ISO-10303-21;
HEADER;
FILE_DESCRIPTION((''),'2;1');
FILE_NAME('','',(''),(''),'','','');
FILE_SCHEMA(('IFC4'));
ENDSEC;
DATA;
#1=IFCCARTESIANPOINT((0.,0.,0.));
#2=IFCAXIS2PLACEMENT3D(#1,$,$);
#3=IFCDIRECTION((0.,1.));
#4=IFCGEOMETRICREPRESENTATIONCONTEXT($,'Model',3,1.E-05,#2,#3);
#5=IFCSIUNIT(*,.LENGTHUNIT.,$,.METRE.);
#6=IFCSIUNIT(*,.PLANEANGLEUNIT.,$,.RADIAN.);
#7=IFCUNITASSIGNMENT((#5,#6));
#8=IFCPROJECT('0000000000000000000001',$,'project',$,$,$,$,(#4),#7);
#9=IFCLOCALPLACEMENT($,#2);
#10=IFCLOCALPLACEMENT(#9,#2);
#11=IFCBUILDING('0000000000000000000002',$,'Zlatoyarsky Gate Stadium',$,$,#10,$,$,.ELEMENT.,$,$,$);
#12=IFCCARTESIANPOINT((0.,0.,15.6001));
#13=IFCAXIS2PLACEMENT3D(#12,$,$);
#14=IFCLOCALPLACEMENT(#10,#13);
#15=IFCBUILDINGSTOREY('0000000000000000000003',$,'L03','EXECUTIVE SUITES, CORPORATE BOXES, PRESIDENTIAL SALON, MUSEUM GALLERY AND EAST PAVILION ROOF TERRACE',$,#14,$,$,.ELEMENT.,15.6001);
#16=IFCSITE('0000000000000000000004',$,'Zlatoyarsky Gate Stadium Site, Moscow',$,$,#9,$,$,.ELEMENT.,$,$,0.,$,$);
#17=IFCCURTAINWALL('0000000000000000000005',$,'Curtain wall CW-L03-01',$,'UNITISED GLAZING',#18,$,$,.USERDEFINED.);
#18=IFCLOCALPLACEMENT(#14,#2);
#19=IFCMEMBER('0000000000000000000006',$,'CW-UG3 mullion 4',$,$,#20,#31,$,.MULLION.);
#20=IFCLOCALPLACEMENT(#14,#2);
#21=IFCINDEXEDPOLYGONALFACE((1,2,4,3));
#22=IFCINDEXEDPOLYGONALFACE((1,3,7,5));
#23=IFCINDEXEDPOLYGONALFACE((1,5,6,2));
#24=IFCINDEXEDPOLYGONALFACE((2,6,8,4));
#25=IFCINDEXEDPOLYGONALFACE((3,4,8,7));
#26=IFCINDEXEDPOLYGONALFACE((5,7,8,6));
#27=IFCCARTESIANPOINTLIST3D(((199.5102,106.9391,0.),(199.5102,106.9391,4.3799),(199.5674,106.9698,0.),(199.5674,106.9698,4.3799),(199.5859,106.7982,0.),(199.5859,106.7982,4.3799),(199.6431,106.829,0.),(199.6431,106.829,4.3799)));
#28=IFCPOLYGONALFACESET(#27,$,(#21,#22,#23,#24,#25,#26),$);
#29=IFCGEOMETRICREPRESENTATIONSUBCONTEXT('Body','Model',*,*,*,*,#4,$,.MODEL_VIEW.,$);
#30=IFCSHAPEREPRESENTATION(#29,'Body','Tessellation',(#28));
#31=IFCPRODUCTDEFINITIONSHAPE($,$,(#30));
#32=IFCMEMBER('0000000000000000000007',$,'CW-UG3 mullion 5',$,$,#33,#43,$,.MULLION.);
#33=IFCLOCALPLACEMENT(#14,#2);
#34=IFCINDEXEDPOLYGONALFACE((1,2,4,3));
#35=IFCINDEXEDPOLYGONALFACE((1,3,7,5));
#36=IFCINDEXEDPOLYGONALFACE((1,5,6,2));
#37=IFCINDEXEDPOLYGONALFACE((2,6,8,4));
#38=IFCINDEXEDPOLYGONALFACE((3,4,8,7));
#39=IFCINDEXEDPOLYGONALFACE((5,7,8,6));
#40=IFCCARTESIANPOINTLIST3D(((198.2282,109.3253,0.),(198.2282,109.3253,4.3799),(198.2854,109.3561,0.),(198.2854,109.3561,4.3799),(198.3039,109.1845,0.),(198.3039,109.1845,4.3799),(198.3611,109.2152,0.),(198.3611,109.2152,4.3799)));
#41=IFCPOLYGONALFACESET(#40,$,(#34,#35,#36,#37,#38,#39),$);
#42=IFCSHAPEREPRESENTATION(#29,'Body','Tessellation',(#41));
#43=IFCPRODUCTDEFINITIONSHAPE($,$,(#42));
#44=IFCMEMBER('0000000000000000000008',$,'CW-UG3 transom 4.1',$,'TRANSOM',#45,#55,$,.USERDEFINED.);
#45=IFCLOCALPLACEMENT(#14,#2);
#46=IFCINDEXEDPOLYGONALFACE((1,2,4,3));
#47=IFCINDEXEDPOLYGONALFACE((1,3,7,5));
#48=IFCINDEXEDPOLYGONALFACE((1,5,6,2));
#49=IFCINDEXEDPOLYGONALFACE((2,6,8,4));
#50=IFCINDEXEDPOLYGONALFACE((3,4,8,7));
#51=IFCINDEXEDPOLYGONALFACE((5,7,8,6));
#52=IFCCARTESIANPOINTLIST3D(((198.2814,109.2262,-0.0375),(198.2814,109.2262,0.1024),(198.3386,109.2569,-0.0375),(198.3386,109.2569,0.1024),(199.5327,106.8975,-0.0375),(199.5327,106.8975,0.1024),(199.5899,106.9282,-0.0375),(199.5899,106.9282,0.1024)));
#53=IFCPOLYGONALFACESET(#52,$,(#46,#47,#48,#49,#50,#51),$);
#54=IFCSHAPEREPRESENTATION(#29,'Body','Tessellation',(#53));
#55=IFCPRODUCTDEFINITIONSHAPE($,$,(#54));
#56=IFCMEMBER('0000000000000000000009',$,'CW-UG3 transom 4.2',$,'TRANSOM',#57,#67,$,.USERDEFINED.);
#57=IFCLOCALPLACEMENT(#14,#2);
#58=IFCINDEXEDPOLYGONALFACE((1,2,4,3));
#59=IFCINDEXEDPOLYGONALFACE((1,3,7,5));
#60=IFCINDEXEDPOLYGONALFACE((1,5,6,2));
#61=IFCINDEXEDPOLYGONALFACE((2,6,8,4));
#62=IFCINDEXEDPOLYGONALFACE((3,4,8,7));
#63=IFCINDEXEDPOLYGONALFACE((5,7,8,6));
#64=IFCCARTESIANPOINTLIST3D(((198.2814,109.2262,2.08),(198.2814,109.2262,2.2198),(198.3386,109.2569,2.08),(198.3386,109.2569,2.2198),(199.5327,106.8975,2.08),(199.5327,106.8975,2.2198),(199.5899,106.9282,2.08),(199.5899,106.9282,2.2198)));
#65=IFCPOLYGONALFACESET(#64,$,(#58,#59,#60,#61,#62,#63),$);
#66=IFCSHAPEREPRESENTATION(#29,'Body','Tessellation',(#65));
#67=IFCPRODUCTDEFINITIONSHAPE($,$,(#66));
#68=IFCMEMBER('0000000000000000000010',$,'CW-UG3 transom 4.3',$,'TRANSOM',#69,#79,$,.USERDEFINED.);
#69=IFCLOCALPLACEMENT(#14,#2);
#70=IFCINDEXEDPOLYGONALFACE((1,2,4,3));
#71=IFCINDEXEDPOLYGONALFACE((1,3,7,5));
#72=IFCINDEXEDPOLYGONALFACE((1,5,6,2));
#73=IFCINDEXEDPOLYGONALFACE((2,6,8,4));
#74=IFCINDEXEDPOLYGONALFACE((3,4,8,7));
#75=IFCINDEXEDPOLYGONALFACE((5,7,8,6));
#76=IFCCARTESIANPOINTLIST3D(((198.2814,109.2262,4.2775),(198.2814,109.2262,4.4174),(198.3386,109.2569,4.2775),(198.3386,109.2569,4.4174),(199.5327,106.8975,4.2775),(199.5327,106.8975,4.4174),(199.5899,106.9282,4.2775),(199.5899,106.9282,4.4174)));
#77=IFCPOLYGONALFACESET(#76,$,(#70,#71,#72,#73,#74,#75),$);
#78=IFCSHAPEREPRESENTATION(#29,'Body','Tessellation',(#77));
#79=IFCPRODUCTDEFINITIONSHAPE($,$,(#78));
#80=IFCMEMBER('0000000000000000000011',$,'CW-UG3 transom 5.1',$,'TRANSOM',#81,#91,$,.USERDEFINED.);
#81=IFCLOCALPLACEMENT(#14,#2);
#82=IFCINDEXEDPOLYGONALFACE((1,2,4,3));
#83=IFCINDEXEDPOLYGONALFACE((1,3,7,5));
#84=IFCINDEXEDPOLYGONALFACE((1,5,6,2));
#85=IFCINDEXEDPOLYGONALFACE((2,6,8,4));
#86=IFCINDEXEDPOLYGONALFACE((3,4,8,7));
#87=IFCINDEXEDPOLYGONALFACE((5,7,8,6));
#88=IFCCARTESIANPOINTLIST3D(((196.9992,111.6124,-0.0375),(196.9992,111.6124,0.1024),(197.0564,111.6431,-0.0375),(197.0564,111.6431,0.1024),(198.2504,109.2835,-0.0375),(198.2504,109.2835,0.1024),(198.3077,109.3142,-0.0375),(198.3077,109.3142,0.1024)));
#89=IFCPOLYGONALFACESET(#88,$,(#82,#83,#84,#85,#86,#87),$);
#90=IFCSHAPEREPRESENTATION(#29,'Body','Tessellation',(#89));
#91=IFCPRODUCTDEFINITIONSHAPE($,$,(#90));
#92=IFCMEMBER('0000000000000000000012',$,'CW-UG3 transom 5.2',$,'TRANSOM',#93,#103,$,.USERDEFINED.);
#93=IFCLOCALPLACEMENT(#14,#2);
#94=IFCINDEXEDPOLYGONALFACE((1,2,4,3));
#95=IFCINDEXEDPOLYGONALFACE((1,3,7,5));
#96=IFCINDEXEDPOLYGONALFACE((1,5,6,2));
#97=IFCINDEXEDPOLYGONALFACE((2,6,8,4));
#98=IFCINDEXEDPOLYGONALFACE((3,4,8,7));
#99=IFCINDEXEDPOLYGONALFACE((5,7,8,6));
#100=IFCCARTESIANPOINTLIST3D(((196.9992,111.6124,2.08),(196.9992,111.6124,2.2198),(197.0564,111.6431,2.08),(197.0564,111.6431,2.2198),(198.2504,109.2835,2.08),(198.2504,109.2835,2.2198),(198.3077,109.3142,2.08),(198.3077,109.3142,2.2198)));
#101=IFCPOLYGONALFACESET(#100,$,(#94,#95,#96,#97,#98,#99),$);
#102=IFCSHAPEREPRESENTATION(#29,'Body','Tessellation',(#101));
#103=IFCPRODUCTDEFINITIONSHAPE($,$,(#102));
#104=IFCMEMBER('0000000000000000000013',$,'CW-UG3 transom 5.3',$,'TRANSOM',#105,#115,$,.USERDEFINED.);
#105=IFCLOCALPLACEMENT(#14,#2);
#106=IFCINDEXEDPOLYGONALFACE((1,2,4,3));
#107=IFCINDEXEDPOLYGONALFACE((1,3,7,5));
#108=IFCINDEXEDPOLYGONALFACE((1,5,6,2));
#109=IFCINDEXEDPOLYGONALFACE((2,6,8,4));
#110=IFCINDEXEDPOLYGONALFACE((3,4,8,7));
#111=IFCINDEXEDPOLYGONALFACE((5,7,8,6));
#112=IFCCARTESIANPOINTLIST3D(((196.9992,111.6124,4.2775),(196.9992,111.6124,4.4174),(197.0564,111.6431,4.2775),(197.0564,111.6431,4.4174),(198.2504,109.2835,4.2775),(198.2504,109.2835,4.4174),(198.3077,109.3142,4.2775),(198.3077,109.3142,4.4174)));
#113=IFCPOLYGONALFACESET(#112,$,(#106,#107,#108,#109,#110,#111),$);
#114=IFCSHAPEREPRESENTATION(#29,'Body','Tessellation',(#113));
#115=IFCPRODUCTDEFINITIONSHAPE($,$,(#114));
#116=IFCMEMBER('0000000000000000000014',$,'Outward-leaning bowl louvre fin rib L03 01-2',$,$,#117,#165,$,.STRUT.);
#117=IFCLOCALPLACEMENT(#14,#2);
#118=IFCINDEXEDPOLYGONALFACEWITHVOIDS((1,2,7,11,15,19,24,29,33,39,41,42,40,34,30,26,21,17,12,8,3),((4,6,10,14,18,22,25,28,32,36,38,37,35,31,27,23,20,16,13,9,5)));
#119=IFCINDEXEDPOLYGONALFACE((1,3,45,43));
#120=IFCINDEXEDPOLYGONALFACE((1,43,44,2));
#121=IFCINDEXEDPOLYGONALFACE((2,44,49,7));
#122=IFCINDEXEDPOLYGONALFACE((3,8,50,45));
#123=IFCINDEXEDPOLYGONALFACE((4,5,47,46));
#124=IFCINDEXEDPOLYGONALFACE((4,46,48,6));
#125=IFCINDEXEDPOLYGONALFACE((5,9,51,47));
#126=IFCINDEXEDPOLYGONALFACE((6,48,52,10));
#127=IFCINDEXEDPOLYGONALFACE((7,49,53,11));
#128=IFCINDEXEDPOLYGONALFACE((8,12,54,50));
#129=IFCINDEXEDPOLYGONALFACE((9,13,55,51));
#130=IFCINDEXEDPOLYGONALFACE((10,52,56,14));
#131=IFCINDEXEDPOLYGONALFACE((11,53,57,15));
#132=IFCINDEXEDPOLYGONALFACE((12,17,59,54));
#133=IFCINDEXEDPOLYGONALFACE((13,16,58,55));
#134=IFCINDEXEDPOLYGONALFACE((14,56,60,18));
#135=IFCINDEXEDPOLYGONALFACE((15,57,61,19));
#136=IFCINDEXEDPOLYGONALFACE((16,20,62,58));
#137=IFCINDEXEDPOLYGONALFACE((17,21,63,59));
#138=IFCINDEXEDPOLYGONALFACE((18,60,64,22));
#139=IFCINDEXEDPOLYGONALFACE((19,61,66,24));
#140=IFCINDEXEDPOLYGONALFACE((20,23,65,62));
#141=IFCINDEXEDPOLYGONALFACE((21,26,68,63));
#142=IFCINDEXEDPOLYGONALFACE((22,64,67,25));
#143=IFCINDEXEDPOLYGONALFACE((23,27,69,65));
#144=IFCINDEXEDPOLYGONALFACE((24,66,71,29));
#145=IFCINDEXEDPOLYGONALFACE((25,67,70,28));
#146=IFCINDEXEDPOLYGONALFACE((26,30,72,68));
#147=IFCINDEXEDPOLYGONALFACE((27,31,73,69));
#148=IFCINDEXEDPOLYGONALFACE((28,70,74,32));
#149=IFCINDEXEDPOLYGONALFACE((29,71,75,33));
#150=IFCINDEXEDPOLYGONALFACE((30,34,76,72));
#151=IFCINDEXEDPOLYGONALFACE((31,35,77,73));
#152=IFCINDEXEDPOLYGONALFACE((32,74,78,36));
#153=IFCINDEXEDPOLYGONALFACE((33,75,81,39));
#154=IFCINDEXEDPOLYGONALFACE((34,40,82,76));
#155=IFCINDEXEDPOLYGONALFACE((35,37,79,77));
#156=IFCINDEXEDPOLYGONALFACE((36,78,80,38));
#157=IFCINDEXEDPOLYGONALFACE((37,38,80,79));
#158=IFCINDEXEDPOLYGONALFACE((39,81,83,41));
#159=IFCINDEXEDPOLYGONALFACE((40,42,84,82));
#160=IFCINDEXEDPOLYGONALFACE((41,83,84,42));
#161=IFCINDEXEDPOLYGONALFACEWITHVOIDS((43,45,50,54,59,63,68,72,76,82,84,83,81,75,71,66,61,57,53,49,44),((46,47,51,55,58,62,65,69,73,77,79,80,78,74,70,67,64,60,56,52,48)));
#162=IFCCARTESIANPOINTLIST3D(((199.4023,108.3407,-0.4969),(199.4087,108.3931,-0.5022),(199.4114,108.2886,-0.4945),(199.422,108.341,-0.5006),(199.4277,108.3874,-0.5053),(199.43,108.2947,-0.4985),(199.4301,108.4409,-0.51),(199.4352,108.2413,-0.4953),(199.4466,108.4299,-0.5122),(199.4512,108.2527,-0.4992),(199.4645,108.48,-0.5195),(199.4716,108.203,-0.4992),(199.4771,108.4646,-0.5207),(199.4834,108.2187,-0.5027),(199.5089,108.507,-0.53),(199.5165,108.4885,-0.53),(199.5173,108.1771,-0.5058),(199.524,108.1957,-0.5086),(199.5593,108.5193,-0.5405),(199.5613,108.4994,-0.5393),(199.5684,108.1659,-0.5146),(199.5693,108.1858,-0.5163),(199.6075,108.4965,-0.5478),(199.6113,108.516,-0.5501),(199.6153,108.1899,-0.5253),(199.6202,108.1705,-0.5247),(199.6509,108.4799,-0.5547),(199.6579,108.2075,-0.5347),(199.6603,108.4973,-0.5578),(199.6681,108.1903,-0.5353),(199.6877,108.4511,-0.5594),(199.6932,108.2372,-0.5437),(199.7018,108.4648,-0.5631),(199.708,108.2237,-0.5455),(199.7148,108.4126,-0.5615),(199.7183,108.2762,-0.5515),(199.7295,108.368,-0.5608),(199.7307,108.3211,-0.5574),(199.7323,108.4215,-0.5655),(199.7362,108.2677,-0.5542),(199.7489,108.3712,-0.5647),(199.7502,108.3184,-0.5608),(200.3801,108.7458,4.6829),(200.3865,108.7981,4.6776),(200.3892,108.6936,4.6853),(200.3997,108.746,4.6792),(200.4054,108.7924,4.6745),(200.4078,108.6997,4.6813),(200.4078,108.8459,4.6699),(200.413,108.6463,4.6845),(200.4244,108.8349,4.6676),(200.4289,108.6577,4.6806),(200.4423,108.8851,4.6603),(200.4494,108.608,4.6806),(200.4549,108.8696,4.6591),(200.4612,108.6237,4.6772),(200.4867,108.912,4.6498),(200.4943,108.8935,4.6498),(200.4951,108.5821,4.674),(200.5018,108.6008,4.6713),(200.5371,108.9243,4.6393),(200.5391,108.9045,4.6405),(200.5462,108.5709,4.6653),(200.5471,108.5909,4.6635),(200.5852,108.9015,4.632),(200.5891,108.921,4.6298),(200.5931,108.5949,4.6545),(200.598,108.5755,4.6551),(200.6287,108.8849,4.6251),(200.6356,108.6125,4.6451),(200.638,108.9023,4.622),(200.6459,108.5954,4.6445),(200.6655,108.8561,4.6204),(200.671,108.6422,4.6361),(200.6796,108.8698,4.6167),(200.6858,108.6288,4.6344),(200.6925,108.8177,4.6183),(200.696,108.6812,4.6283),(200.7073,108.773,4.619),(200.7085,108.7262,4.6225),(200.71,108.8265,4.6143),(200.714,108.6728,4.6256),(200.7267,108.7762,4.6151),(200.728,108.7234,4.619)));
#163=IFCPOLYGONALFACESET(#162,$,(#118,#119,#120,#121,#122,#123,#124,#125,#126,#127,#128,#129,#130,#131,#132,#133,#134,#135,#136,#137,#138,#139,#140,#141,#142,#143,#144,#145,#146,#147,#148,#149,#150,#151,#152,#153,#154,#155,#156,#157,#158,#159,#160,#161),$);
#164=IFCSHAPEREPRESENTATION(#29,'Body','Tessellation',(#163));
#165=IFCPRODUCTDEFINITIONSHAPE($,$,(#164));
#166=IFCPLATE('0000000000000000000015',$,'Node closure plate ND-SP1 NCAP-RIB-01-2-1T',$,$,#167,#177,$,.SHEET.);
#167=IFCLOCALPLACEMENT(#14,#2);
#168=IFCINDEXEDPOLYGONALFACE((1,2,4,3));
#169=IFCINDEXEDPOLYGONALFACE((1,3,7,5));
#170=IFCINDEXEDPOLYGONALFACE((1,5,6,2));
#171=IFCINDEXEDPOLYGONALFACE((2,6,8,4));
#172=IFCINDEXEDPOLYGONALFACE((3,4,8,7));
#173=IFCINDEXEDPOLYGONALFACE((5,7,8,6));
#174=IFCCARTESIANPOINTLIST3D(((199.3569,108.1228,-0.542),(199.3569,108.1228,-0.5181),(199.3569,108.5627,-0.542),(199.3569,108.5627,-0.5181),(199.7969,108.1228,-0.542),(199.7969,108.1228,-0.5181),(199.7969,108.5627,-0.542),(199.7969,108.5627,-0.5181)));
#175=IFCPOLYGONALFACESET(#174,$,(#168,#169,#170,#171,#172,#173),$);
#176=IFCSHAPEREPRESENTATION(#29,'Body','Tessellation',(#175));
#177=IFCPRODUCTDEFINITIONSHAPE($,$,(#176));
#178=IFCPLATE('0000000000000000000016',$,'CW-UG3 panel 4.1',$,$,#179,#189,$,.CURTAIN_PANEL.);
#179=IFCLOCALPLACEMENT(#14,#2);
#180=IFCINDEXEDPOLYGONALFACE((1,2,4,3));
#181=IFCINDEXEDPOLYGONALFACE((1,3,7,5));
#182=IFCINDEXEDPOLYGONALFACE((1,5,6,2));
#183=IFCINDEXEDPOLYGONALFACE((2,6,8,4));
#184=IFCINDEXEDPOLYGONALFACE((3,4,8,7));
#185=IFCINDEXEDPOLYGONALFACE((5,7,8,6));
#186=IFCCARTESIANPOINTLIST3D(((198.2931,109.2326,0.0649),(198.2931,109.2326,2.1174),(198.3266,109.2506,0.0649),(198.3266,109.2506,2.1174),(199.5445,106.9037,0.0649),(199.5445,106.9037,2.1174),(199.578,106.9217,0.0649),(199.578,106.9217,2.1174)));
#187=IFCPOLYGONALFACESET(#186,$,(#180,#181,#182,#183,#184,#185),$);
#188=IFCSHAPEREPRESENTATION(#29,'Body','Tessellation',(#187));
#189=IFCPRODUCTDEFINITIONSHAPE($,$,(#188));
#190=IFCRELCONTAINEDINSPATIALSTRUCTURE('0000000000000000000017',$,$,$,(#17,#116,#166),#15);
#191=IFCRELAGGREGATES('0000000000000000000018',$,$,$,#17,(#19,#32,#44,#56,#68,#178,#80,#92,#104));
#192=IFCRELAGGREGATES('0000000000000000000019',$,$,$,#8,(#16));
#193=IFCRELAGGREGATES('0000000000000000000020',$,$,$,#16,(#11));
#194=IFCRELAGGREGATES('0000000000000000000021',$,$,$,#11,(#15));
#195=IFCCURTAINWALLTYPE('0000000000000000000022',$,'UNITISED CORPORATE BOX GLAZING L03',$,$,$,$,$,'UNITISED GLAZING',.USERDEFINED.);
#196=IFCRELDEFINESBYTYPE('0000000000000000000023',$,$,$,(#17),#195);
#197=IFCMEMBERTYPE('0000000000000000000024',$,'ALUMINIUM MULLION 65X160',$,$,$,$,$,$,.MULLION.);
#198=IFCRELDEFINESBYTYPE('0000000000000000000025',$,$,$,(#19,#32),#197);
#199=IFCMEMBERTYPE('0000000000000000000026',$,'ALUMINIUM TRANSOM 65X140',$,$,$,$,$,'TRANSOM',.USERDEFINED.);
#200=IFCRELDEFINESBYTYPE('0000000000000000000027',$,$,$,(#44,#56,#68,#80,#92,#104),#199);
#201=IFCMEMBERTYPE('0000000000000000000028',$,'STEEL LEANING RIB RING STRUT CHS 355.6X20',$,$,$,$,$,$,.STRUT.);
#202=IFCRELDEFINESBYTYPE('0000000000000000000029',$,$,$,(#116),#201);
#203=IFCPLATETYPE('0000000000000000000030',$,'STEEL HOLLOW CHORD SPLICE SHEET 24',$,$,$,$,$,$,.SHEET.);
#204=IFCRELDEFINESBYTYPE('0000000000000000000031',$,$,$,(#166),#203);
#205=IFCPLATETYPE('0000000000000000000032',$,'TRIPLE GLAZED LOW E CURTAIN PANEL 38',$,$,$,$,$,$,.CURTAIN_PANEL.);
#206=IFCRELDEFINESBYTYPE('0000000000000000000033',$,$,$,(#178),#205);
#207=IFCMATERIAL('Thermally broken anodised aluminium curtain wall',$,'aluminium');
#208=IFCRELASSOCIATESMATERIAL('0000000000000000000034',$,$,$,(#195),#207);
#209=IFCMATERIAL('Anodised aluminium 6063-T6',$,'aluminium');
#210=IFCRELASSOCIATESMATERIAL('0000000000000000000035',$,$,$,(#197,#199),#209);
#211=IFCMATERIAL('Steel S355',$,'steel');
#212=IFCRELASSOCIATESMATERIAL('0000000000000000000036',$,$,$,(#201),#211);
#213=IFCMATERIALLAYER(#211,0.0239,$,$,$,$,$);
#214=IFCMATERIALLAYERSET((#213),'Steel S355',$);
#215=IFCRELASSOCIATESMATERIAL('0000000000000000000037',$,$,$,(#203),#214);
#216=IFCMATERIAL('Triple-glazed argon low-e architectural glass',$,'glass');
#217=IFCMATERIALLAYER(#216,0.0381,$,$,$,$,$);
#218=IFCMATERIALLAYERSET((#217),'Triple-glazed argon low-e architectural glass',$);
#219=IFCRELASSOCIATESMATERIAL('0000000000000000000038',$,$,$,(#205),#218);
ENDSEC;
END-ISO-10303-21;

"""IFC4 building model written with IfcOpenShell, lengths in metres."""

from ifc_helpers import new_model, si_unit, direction, frame, origin, origin_2d, place, context, subcontext, project, spatial, rectangle, hollow_circle, extrude, material, layer, layer_set, material_profile, profile_set, type_object, element, aggregate, save


model = new_model("IFC4")

# Units and contexts
model_context = context("Model", 3, precision=1e-05, world=origin(), true_north=direction((0.0, 1.0)))
body_context = subcontext(model_context, "Body", "Model", "MODEL_VIEW")
ifc_project = project(units=[si_unit("LENGTHUNIT", "METRE"), si_unit("PLANEANGLEUNIT", "RADIAN")], contexts=[model_context])

# Site, building, storey
site_placement = place(None, origin())
site = spatial("IfcSite", under=ifc_project, at=site_placement, Name="Zlatoyarsky Gate Stadium Site, Moscow", CompositionType="ELEMENT", RefElevation=0.0)
building_placement = place(site_placement, origin())
building = spatial("IfcBuilding", under=site, at=building_placement, Name="Zlatoyarsky Gate Stadium", CompositionType="ELEMENT")
storey_placement = place(building_placement, frame((0.0, 0.0, 15.6001)))
storey = spatial("IfcBuildingStorey", under=building, at=storey_placement, Name="L03", Description="EXECUTIVE SUITES, CORPORATE BOXES, PRESIDENTIAL SALON, MUSEUM GALLERY AND EAST PAVILION ROOF TERRACE", CompositionType="ELEMENT", Elevation=15.6001)

# Curtain wall, members
ifc_material_1 = material(Name="Thermally broken anodised aluminium curtain wall", Category="aluminium")
curtain_wall_type = type_object("IfcCurtainWallType", Name="UNITISED CORPORATE BOX GLAZING L03", ElementType="UNITISED GLAZING", PredefinedType="USERDEFINED", material=ifc_material_1)
curtain_wall_placement = place(storey_placement, origin())
curtain_wall = element("IfcCurtainWall", 1, at=curtain_wall_placement, inside=storey, type_object=curtain_wall_type, Name="Curtain wall CW-L03-01", ObjectType="UNITISED GLAZING", PredefinedType="USERDEFINED")
ifc_material_2 = material(Name="Anodised aluminium 6063-T6", Category="aluminium")
ifc_material_profile_1 = material_profile(ifc_material_2, rectangle(XDim=0.0649, YDim=0.1599, at=origin_2d()), Name="ALU 65X160")
ifc_profile_set_1 = profile_set([ifc_material_profile_1], Name="Anodised aluminium 6063-T6")
member_type_1 = type_object("IfcMemberType", Name="ALUMINIUM MULLION 65X160", PredefinedType="MULLION", material=ifc_profile_set_1)
member_1_placement = place(storey_placement, frame((199.5767, 106.884, 0.0), z_axis=(0.0, 0.0, 1.0), x_axis=(-0.880877, -0.473345, 0.0)))
member_1 = element("IfcMember", 2, at=member_1_placement, type_object=member_type_1, Name="CW-UG3 mullion 4", PredefinedType="MULLION", context=body_context, shape_type="SweptSolid", body=[
    extrude(rectangle(XDim=0.0649, YDim=0.1599, at=origin_2d()), origin(), (0.0, 0.0, 1.0), 4.3799),
])
member_2_placement = place(storey_placement, frame((198.2947, 109.2703, 0.0), z_axis=(0.0, 0.0, 1.0), x_axis=(-0.880877, -0.473345, 0.0)))
member_2 = element("IfcMember", 3, at=member_2_placement, type_object=member_type_1, Name="CW-UG3 mullion 5", PredefinedType="MULLION", context=body_context, shape_type="SweptSolid", body=[
    extrude(rectangle(XDim=0.0649, YDim=0.1599, at=origin_2d()), origin(), (0.0, 0.0, 1.0), 4.3799),
])
ifc_material_profile_2 = material_profile(ifc_material_2, rectangle(XDim=0.0649, YDim=0.1399, at=origin_2d()), Name="ALU 65X140")
ifc_profile_set_2 = profile_set([ifc_material_profile_2], Name="Anodised aluminium 6063-T6")
member_type_2 = type_object("IfcMemberType", Name="ALUMINIUM TRANSOM 65X140", ElementType="TRANSOM", PredefinedType="USERDEFINED", material=ifc_profile_set_2)
member_3_placement = place(storey_placement, frame((199.5613, 106.9128, 0.0325), z_axis=(-0.473323, 0.880889, 0.0), x_axis=(-0.880889, -0.473323, 0.0)))
member_3 = element("IfcMember", 4, at=member_3_placement, type_object=member_type_2, Name="CW-UG3 transom 4.1", ObjectType="TRANSOM", PredefinedType="USERDEFINED", context=body_context, shape_type="SweptSolid", body=[
    extrude(rectangle(XDim=0.0649, YDim=0.1399, at=origin_2d()), origin(), (0.0, 0.0, 1.0), 2.6436),
])
member_4_placement = place(storey_placement, frame((199.5613, 106.9128, 2.1499), z_axis=(-0.473323, 0.880889, 0.0), x_axis=(-0.880889, -0.473323, 0.0)))
member_4 = element("IfcMember", 5, at=member_4_placement, type_object=member_type_2, Name="CW-UG3 transom 4.2", ObjectType="TRANSOM", PredefinedType="USERDEFINED", context=body_context, shape_type="SweptSolid", body=[
    extrude(rectangle(XDim=0.0649, YDim=0.1399, at=origin_2d()), origin(), (0.0, 0.0, 1.0), 2.6436),
])
member_5_placement = place(storey_placement, frame((199.5613, 106.9128, 4.3474), z_axis=(-0.473323, 0.880889, 0.0), x_axis=(-0.880889, -0.473323, 0.0)))
member_5 = element("IfcMember", 6, at=member_5_placement, type_object=member_type_2, Name="CW-UG3 transom 4.3", ObjectType="TRANSOM", PredefinedType="USERDEFINED", context=body_context, shape_type="SweptSolid", body=[
    extrude(rectangle(XDim=0.0649, YDim=0.1399, at=origin_2d()), origin(), (0.0, 0.0, 1.0), 2.6436),
])
member_6_placement = place(storey_placement, frame((198.2791, 109.2988, 0.0325), z_axis=(-0.473285, 0.88091, 0.0), x_axis=(-0.88091, -0.473285, 0.0)))
member_6 = element("IfcMember", 7, at=member_6_placement, type_object=member_type_2, Name="CW-UG3 transom 5.1", ObjectType="TRANSOM", PredefinedType="USERDEFINED", context=body_context, shape_type="SweptSolid", body=[
    extrude(rectangle(XDim=0.0649, YDim=0.1399, at=origin_2d()), origin(), (0.0, 0.0, 1.0), 2.6438),
])
member_7_placement = place(storey_placement, frame((198.2791, 109.2988, 2.1499), z_axis=(-0.473285, 0.88091, 0.0), x_axis=(-0.88091, -0.473285, 0.0)))
member_7 = element("IfcMember", 8, at=member_7_placement, type_object=member_type_2, Name="CW-UG3 transom 5.2", ObjectType="TRANSOM", PredefinedType="USERDEFINED", context=body_context, shape_type="SweptSolid", body=[
    extrude(rectangle(XDim=0.0649, YDim=0.1399, at=origin_2d()), origin(), (0.0, 0.0, 1.0), 2.6438),
])
member_8_placement = place(storey_placement, frame((198.2791, 109.2988, 4.3474), z_axis=(-0.473285, 0.88091, 0.0), x_axis=(-0.88091, -0.473285, 0.0)))
member_8 = element("IfcMember", 9, at=member_8_placement, type_object=member_type_2, Name="CW-UG3 transom 5.3", ObjectType="TRANSOM", PredefinedType="USERDEFINED", context=body_context, shape_type="SweptSolid", body=[
    extrude(rectangle(XDim=0.0649, YDim=0.1399, at=origin_2d()), origin(), (0.0, 0.0, 1.0), 2.6438),
])

# Member
ifc_material_3 = material(Name="Steel S355", Category="steel")
ifc_material_profile_3 = material_profile(ifc_material_3, hollow_circle(Radius=0.1777, WallThickness=0.02, at=origin_2d()), Name="CHS 355.6X20")
ifc_profile_set_3 = profile_set([ifc_material_profile_3], Name="Steel S355")
member_type_3 = type_object("IfcMemberType", Name="STEEL LEANING RIB RING STRUT CHS 355.6X20", PredefinedType="STRUT", material=ifc_profile_set_3)
member_9_placement = place(storey_placement, frame((199.5769, 108.3428, -0.53), z_axis=(0.184943, 0.076609, 0.979759), x_axis=(-0.382698, 0.923873, 0.0)))
element("IfcMember", 10, at=member_9_placement, inside=storey, type_object=member_type_3, Name="Outward-leaning bowl louvre fin rib L03 01-2", PredefinedType="STRUT", context=body_context, shape_type="SweptSolid", body=[
    extrude(hollow_circle(Radius=0.1777, WallThickness=0.02, at=origin_2d()), origin(), (0.0, 0.0, 1.0), 5.2869),
])

# Plates
ifc_layer_1 = layer(ifc_material_3, 0.0239)
ifc_layer_set_1 = layer_set([ifc_layer_1], Name="Steel S355")
plate_type_1 = type_object("IfcPlateType", Name="STEEL HOLLOW CHORD SPLICE SHEET 24", PredefinedType="SHEET", material=ifc_layer_set_1)
plate_1_placement = place(storey_placement, frame((199.5769, 108.3428, -0.542), z_axis=(0.0, 0.0, 1.0), x_axis=(1.0, 0.0, 0.0)))
element("IfcPlate", 11, at=plate_1_placement, inside=storey, type_object=plate_type_1, Name="Node closure plate ND-SP1 NCAP-RIB-01-2-1T", PredefinedType="SHEET", context=body_context, shape_type="SweptSolid", body=[
    extrude(rectangle(XDim=0.4399, YDim=0.4399, at=origin_2d()), origin(), (0.0, 0.0, 1.0), 0.0239),
])
ifc_material_4 = material(Name="Triple-glazed argon low-e architectural glass", Category="glass")
ifc_layer_2 = layer(ifc_material_4, 0.0381)
ifc_layer_set_2 = layer_set([ifc_layer_2], Name="Triple-glazed argon low-e architectural glass")
plate_type_2 = type_object("IfcPlateType", Name="TRIPLE GLAZED LOW E CURTAIN PANEL 38", PredefinedType="CURTAIN_PANEL", material=ifc_layer_set_2)
plate_2_placement = place(storey_placement, frame((198.9355, 108.0771, 0.0649), z_axis=(0.0, 0.0, 1.0), x_axis=(-0.473345, 0.880877, 0.0)))
plate_2 = element("IfcPlate", 12, at=plate_2_placement, type_object=plate_type_2, Name="CW-UG3 panel 4.1", PredefinedType="CURTAIN_PANEL", context=body_context, shape_type="SweptSolid", body=[
    extrude(rectangle(XDim=2.6438, YDim=0.0381, at=origin_2d()), origin(), (0.0, 0.0, 1.0), 2.0525),
])
aggregate(curtain_wall, [member_1, member_2, member_3, member_4, member_5, plate_2, member_6, member_7, member_8])

save(model, "model.ifc")
